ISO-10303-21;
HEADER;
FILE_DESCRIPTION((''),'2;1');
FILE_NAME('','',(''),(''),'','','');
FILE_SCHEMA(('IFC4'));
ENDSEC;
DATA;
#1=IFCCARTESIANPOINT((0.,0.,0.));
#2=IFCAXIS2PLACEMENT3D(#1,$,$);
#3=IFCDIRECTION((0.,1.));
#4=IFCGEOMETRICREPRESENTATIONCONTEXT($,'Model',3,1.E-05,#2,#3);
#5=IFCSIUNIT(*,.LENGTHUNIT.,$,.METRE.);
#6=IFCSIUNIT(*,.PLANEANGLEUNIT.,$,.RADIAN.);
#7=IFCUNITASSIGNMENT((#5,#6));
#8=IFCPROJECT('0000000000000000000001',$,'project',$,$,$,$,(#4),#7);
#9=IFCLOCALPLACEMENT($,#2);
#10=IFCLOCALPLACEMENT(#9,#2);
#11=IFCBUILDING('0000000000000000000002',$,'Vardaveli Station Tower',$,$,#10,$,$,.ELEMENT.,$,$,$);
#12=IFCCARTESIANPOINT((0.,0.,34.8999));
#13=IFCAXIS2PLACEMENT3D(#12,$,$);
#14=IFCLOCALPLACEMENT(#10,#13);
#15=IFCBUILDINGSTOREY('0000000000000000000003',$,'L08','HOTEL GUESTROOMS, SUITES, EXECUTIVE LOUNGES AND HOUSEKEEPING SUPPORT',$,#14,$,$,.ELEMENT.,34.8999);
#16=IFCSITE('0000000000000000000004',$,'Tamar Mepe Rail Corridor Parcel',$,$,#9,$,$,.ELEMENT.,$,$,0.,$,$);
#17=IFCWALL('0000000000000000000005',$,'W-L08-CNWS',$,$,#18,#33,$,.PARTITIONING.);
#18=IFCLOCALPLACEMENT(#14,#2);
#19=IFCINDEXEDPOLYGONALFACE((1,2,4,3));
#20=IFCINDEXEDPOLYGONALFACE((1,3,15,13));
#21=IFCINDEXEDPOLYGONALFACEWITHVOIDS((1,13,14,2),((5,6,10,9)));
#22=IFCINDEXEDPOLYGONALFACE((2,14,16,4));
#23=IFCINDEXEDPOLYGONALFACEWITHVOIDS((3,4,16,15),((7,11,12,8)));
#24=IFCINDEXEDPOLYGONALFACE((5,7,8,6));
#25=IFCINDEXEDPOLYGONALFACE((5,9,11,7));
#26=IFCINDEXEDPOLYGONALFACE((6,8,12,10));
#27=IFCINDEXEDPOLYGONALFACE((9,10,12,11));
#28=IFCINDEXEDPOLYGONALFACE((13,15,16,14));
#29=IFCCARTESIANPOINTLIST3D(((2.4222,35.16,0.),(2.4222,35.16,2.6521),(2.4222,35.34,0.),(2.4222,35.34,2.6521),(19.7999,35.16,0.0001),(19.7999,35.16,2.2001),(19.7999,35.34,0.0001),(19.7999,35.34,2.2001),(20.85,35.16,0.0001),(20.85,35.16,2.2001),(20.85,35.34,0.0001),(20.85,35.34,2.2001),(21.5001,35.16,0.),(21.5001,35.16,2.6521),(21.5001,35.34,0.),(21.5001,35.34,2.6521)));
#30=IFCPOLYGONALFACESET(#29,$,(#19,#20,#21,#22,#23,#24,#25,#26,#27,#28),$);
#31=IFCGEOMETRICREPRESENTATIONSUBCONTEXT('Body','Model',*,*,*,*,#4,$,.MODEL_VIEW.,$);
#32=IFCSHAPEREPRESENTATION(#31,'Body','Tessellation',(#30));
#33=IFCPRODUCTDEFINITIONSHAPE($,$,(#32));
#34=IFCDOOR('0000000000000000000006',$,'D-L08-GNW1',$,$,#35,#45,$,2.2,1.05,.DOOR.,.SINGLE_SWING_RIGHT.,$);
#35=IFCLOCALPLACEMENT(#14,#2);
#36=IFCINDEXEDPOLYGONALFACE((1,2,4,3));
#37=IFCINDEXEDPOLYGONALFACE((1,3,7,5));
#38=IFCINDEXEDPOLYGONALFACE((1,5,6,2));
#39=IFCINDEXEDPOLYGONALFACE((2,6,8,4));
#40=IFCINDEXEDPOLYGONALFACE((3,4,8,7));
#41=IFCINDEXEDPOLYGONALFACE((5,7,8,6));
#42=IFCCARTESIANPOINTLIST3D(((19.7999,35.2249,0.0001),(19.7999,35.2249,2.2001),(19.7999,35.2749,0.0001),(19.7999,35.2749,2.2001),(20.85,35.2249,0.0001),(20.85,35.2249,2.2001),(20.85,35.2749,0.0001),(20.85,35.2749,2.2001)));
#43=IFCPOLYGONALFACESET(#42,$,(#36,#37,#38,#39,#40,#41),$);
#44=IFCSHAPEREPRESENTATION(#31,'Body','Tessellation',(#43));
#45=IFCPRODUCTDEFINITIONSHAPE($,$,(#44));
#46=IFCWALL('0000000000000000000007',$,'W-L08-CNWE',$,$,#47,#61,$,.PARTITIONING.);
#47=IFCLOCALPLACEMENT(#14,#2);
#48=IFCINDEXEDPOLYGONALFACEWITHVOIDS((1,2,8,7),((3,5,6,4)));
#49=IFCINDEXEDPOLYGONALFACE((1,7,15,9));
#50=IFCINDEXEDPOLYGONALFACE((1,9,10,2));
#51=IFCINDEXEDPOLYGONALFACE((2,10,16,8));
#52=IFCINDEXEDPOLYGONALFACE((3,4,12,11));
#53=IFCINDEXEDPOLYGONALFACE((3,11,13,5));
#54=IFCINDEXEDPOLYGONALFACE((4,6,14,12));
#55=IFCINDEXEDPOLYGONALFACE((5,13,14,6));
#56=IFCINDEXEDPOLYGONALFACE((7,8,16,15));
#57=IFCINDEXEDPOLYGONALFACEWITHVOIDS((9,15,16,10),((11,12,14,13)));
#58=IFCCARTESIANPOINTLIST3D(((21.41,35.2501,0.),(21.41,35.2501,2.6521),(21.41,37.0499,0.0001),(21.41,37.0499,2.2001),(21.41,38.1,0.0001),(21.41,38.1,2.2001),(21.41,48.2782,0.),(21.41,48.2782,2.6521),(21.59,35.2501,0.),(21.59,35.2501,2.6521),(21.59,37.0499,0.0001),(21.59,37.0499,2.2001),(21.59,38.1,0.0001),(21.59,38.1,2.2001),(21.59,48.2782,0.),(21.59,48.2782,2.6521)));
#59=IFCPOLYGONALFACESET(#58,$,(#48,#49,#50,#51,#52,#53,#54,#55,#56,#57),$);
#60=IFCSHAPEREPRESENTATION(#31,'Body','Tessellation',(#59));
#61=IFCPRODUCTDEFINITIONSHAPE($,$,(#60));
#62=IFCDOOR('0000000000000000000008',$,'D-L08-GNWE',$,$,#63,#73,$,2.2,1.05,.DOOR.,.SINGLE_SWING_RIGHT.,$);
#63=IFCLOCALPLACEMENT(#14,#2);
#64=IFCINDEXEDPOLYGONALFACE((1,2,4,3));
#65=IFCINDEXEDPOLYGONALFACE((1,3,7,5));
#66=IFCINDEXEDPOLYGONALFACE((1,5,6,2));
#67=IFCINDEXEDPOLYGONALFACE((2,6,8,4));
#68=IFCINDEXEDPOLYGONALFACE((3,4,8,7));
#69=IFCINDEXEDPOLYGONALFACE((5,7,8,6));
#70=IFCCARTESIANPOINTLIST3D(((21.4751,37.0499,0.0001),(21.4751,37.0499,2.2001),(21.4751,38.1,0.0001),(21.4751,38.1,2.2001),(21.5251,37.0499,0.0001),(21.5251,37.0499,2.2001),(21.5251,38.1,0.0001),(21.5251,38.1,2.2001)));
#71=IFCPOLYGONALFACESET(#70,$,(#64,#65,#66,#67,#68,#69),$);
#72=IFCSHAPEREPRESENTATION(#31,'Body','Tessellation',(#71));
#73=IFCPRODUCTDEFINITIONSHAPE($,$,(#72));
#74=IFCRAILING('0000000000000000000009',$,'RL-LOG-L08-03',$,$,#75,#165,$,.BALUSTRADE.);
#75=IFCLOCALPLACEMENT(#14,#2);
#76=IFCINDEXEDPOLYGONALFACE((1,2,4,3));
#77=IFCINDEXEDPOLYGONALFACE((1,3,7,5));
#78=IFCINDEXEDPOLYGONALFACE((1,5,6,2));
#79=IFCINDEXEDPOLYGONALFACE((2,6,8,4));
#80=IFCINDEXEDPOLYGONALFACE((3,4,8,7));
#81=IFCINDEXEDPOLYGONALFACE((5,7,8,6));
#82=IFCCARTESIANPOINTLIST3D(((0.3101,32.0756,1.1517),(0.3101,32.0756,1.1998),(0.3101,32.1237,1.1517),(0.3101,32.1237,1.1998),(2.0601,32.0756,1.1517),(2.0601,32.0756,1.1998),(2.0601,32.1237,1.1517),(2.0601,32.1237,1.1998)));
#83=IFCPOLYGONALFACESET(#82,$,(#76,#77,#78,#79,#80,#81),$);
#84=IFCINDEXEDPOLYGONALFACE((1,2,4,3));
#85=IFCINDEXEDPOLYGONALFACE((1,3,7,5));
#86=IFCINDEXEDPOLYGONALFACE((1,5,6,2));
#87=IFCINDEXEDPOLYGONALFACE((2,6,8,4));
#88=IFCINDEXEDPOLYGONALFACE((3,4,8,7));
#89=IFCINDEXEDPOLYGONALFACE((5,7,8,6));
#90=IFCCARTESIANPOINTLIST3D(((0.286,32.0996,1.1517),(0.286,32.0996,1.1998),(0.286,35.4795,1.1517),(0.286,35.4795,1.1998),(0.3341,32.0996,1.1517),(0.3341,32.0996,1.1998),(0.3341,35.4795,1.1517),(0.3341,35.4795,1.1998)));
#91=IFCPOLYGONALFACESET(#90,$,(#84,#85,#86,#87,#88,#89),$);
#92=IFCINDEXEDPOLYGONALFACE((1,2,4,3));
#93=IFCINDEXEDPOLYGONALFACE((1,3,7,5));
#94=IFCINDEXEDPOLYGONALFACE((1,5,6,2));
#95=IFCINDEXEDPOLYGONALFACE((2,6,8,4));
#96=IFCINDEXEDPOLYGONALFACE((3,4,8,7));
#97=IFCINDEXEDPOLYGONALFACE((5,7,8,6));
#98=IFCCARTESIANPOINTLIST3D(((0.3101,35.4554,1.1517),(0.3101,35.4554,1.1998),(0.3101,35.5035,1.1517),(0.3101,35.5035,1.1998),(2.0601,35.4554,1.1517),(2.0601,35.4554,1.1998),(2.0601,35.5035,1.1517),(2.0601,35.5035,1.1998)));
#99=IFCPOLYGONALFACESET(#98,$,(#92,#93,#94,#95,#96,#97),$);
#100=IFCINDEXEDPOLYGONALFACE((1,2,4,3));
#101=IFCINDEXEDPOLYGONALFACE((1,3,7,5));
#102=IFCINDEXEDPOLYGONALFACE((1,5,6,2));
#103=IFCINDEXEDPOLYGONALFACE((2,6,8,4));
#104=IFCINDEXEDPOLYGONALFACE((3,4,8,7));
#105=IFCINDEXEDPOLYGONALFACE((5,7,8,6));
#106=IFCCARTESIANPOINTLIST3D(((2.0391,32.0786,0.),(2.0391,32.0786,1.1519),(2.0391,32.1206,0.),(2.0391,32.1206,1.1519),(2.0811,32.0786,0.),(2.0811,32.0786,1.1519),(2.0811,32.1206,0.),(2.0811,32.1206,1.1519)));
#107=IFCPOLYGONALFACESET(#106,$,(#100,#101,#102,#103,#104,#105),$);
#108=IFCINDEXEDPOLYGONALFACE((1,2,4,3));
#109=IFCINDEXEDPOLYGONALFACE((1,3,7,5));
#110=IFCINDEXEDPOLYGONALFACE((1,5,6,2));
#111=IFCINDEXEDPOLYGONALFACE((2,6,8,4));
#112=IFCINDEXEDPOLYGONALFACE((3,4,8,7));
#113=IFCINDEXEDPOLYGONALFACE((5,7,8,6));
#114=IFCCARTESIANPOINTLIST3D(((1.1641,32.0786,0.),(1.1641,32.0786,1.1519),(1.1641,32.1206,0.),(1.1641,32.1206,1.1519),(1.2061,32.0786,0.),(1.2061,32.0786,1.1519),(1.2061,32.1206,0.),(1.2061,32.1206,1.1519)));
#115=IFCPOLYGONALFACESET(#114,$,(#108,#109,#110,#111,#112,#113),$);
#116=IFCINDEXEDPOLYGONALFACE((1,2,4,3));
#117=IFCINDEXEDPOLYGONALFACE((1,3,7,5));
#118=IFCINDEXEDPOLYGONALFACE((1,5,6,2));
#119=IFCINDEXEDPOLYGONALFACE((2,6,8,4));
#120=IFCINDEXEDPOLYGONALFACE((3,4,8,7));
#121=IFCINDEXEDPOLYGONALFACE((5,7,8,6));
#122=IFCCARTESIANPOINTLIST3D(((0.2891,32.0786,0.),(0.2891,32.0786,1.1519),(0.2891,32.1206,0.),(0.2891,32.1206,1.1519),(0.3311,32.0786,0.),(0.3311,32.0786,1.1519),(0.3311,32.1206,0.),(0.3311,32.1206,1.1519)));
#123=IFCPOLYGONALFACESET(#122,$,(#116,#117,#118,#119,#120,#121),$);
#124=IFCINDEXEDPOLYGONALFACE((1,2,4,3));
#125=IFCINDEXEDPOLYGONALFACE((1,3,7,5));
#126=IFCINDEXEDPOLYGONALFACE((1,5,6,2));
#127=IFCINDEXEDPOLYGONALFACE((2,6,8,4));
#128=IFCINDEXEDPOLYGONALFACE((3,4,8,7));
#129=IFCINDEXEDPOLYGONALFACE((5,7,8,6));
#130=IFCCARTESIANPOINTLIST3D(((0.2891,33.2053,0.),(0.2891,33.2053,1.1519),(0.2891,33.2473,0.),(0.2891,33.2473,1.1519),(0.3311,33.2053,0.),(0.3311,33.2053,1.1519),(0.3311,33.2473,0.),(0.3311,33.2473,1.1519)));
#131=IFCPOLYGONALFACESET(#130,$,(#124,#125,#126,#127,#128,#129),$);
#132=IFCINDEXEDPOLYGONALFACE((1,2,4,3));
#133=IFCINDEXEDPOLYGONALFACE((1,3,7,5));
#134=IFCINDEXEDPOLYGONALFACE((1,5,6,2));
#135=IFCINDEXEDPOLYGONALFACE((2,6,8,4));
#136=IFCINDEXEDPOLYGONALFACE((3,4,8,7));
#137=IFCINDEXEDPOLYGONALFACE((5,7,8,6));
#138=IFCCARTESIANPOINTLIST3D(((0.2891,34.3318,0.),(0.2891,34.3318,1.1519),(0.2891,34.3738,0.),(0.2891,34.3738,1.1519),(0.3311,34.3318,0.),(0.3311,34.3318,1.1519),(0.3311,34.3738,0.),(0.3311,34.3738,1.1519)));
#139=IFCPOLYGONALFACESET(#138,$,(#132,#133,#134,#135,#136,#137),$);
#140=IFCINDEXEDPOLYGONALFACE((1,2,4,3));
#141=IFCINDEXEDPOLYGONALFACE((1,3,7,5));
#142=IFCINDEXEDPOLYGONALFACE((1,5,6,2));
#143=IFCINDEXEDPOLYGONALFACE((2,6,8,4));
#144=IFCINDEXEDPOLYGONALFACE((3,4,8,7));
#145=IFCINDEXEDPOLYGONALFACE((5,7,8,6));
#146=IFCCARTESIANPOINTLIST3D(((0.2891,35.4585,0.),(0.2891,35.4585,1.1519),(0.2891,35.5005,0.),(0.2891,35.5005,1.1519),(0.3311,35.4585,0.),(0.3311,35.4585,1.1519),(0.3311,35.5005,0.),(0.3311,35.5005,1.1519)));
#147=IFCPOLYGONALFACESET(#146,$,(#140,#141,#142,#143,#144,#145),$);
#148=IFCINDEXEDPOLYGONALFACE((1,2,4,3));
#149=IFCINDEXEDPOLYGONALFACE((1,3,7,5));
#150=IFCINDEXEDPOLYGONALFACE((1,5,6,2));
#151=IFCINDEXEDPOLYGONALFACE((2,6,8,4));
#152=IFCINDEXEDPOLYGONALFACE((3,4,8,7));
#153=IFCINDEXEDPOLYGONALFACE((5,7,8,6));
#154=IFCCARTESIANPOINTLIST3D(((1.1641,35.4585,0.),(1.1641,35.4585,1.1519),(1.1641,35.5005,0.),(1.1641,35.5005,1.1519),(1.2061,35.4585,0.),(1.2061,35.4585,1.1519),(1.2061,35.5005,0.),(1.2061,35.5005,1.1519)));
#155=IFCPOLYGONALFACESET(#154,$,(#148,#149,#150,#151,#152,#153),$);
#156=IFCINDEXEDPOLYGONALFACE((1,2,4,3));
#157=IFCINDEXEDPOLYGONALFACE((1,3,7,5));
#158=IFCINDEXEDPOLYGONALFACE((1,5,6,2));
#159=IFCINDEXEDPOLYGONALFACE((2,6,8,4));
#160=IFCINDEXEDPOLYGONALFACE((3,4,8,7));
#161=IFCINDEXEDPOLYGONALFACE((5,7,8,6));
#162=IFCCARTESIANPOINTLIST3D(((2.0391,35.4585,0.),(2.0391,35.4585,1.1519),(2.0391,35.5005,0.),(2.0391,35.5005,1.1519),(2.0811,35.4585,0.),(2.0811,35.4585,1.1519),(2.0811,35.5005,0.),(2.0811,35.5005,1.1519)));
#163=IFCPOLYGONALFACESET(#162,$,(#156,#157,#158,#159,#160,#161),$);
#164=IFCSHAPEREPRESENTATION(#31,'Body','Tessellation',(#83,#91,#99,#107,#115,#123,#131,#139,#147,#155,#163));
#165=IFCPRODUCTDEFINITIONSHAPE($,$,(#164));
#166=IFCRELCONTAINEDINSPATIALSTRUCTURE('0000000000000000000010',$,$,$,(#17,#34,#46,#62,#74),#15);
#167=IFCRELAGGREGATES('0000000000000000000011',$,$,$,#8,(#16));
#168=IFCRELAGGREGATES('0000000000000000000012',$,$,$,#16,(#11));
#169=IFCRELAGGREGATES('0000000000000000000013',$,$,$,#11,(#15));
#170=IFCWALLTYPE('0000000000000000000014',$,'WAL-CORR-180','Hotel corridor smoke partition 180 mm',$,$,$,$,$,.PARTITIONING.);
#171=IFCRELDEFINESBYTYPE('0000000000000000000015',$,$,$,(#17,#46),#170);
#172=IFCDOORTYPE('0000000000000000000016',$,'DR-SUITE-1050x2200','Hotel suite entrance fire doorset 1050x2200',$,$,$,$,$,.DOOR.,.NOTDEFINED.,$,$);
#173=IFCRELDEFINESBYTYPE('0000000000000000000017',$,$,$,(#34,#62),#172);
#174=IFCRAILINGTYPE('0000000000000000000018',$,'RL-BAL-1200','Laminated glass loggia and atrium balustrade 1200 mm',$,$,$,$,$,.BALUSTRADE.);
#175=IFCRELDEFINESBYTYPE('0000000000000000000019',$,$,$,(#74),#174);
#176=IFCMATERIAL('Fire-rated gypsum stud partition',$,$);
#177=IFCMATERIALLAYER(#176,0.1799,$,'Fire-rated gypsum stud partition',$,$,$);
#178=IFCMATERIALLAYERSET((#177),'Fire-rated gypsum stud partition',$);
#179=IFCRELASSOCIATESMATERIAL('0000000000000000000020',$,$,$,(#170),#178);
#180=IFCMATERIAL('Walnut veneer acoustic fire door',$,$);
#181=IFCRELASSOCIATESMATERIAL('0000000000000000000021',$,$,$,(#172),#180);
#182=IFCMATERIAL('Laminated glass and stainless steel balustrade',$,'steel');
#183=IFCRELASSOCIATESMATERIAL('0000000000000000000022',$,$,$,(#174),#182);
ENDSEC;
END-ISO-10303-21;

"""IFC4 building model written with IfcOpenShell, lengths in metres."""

from ifc_helpers import new_model, si_unit, direction, frame, frame_2d, origin, origin_2d, place, context, subcontext, project, spatial, rectangle, extrude, source, transform, mapped, material, layer, layer_set, type_object, element, fill, save


model = new_model("IFC4")

# Units and contexts
model_context = context("Model", 3, precision=1e-05, world=origin(), true_north=direction((0.0, 1.0)))
body_context = subcontext(model_context, "Body", "Model", "MODEL_VIEW")
ifc_project = project(units=[si_unit("LENGTHUNIT", "METRE"), si_unit("PLANEANGLEUNIT", "RADIAN")], contexts=[model_context])

# Site, building, storey
site_placement = place(None, origin())
site = spatial("IfcSite", under=ifc_project, at=site_placement, Name="Tamar Mepe Rail Corridor Parcel", CompositionType="ELEMENT", RefElevation=0.0)
building_placement = place(site_placement, origin())
building = spatial("IfcBuilding", under=site, at=building_placement, Name="Vardaveli Station Tower", CompositionType="ELEMENT")
storey_placement = place(building_placement, frame((0.0, 0.0, 34.8999)))
storey = spatial("IfcBuildingStorey", under=building, at=storey_placement, Name="L08", Description="HOTEL GUESTROOMS, SUITES, EXECUTIVE LOUNGES AND HOUSEKEEPING SUPPORT", CompositionType="ELEMENT", Elevation=34.8999)

# Walls, openings, doors
ifc_material_1 = material(Name="Fire-rated gypsum stud partition")
ifc_layer_1 = layer(ifc_material_1, 0.1799, Name="Fire-rated gypsum stud partition")
ifc_layer_set_1 = layer_set([ifc_layer_1], Name="Fire-rated gypsum stud partition")
wall_type_1 = type_object("IfcWallType", Name="WAL-CORR-180", Description="Hotel corridor smoke partition 180 mm", PredefinedType="PARTITIONING", material=ifc_layer_set_1)
shared_shape_1 = source(origin(), body_context, "Body", "SweptSolid", [
    extrude(rectangle(XDim=19.0779, YDim=0.1799, at=frame_2d((9.5391, 0.0))), origin(), (0.0, 0.0, 1.0), 2.6521),
])
wall_1_placement = place(storey_placement, frame((2.4221, 35.25, 0.0), z_axis=(0.0, 0.0, 1.0), x_axis=(1.0, 0.0, 0.0)))
wall_1 = element("IfcWall", 1, at=wall_1_placement, inside=storey, type_object=wall_type_1, Name="W-L08-CNWS", PredefinedType="PARTITIONING", context=body_context, shape_type="MappedRepresentation", body=[
    mapped(shared_shape_1, transform((0.0, 0.0, 0.0), scale=1.0)),
])
shared_shape_2 = source(origin(), body_context, "Body", "SweptSolid", [
    extrude(rectangle(XDim=1.05, YDim=2.2, at=frame_2d((0.5249, 1.1001))), frame((0.0, 0.1001, 0.0), z_axis=(0.0, -1.0, 0.0), x_axis=(1.0, 0.0, 0.0)), (0.0, 0.0, 1.0), 0.2),
])
opening_1_placement = place(wall_1_placement, frame((17.3779, 0.0, 0.0)))
opening_1 = element("IfcOpeningElement", 2, at=opening_1_placement, cuts=wall_1, PredefinedType="OPENING", context=body_context, shape_type="MappedRepresentation", body=[
    mapped(shared_shape_2, transform((0.0, 0.0, 0.0), scale=1.0)),
])
ifc_material_2 = material(Name="Walnut veneer acoustic fire door")
door_type_1 = type_object("IfcDoorType", Name="DR-SUITE-1050x2200", Description="Hotel suite entrance fire doorset 1050x2200", OperationType="NOTDEFINED", PredefinedType="DOOR", material=ifc_material_2)
shared_shape_3 = source(origin(), body_context, "Body", "SweptSolid", [
    extrude(rectangle(XDim=1.05, YDim=2.2, at=frame_2d((0.5249, 1.1001))), frame((0.0, 0.0249, 0.0), z_axis=(0.0, -1.0, 0.0), x_axis=(1.0, 0.0, 0.0)), (0.0, 0.0, 1.0), 0.05),
])
door_1_placement = place(opening_1_placement, origin())
door_1 = element("IfcDoor", 3, at=door_1_placement, inside=storey, type_object=door_type_1, Name="D-L08-GNW1", OperationType="SINGLE_SWING_RIGHT", OverallHeight=2.2, OverallWidth=1.05, PredefinedType="DOOR", context=body_context, shape_type="MappedRepresentation", body=[
    mapped(shared_shape_3, transform((0.0, 0.0, 0.0), scale=1.0)),
])
fill(opening_1, door_1)
shared_shape_4 = source(origin(), body_context, "Body", "SweptSolid", [
    extrude(rectangle(XDim=13.0281, YDim=0.1799, at=frame_2d((6.5142, 0.0))), origin(), (0.0, 0.0, 1.0), 2.6521),
])
wall_2_placement = place(storey_placement, frame((21.5, 35.25, 0.0), z_axis=(0.0, 0.0, 1.0), x_axis=(0.0, 1.0, 0.0)))
wall_2 = element("IfcWall", 4, at=wall_2_placement, inside=storey, type_object=wall_type_1, Name="W-L08-CNWE", PredefinedType="PARTITIONING", context=body_context, shape_type="MappedRepresentation", body=[
    mapped(shared_shape_4, transform((0.0, 0.0, 0.0), scale=1.0)),
])
opening_2_placement = place(wall_2_placement, frame((1.8, 0.0, 0.0)))
opening_2 = element("IfcOpeningElement", 5, at=opening_2_placement, cuts=wall_2, PredefinedType="OPENING", context=body_context, shape_type="MappedRepresentation", body=[
    mapped(shared_shape_2, transform((0.0, 0.0, 0.0), scale=1.0)),
])
door_2_placement = place(opening_2_placement, origin())
door_2 = element("IfcDoor", 6, at=door_2_placement, inside=storey, type_object=door_type_1, Name="D-L08-GNWE", OperationType="SINGLE_SWING_RIGHT", OverallHeight=2.2, OverallWidth=1.05, PredefinedType="DOOR", context=body_context, shape_type="MappedRepresentation", body=[
    mapped(shared_shape_3, transform((0.0, 0.0, 0.0), scale=1.0)),
])
fill(opening_2, door_2)

# Railing
ifc_material_3 = material(Name="Laminated glass and stainless steel balustrade", Category="steel")
railing_type = type_object("IfcRailingType", Name="RL-BAL-1200", Description="Laminated glass loggia and atrium balustrade 1200 mm", PredefinedType="BALUSTRADE", material=ifc_material_3)
shared_shape_5 = source(origin(), body_context, "Body", "SweptSolid", [
    extrude(rectangle(XDim=0.0481, YDim=0.0481, at=origin_2d()), frame((0.0, 0.0, 1.1758), z_axis=(-1.0, 0.0, 0.0), x_axis=(0.0, -1.0, 0.0)), (0.0, 0.0, 1.0), 1.75),
    extrude(rectangle(XDim=0.0481, YDim=0.0481, at=origin_2d()), frame((-1.75, 0.0, 1.1758), z_axis=(0.0, 1.0, 0.0), x_axis=(-1.0, 0.0, 0.0)), (0.0, 0.0, 1.0), 3.3799),
    extrude(rectangle(XDim=0.0481, YDim=0.0481, at=origin_2d()), frame((-1.75, 3.3799, 1.1758), z_axis=(1.0, 0.0, 0.0), x_axis=(0.0, 1.0, 0.0)), (0.0, 0.0, 1.0), 1.75),
    extrude(rectangle(XDim=0.042, YDim=0.042, at=origin_2d()), origin(), (0.0, 0.0, 1.0), 1.1519),
    extrude(rectangle(XDim=0.042, YDim=0.042, at=origin_2d()), frame((-0.875, 0.0, 0.0)), (0.0, 0.0, 1.0), 1.1519),
    extrude(rectangle(XDim=0.042, YDim=0.042, at=origin_2d()), frame((-1.75, 0.0, 0.0)), (0.0, 0.0, 1.0), 1.1519),
    extrude(rectangle(XDim=0.042, YDim=0.042, at=origin_2d()), frame((-1.75, 1.1267, 0.0)), (0.0, 0.0, 1.0), 1.1519),
    extrude(rectangle(XDim=0.042, YDim=0.042, at=origin_2d()), frame((-1.75, 2.2532, 0.0)), (0.0, 0.0, 1.0), 1.1519),
    extrude(rectangle(XDim=0.042, YDim=0.042, at=origin_2d()), frame((-1.75, 3.3799, 0.0)), (0.0, 0.0, 1.0), 1.1519),
    extrude(rectangle(XDim=0.042, YDim=0.042, at=origin_2d()), frame((-0.875, 3.3799, 0.0)), (0.0, 0.0, 1.0), 1.1519),
    extrude(rectangle(XDim=0.042, YDim=0.042, at=origin_2d()), frame((0.0, 3.3799, 0.0)), (0.0, 0.0, 1.0), 1.1519),
])
railing_placement = place(storey_placement, frame((2.0601, 32.0996, 0.0)))
element("IfcRailing", 7, at=railing_placement, inside=storey, type_object=railing_type, Name="RL-LOG-L08-03", PredefinedType="BALUSTRADE", context=body_context, shape_type="MappedRepresentation", body=[
    mapped(shared_shape_5, transform((0.0, 0.0, 0.0), scale=1.0)),
])

save(model, "model.ifc")
